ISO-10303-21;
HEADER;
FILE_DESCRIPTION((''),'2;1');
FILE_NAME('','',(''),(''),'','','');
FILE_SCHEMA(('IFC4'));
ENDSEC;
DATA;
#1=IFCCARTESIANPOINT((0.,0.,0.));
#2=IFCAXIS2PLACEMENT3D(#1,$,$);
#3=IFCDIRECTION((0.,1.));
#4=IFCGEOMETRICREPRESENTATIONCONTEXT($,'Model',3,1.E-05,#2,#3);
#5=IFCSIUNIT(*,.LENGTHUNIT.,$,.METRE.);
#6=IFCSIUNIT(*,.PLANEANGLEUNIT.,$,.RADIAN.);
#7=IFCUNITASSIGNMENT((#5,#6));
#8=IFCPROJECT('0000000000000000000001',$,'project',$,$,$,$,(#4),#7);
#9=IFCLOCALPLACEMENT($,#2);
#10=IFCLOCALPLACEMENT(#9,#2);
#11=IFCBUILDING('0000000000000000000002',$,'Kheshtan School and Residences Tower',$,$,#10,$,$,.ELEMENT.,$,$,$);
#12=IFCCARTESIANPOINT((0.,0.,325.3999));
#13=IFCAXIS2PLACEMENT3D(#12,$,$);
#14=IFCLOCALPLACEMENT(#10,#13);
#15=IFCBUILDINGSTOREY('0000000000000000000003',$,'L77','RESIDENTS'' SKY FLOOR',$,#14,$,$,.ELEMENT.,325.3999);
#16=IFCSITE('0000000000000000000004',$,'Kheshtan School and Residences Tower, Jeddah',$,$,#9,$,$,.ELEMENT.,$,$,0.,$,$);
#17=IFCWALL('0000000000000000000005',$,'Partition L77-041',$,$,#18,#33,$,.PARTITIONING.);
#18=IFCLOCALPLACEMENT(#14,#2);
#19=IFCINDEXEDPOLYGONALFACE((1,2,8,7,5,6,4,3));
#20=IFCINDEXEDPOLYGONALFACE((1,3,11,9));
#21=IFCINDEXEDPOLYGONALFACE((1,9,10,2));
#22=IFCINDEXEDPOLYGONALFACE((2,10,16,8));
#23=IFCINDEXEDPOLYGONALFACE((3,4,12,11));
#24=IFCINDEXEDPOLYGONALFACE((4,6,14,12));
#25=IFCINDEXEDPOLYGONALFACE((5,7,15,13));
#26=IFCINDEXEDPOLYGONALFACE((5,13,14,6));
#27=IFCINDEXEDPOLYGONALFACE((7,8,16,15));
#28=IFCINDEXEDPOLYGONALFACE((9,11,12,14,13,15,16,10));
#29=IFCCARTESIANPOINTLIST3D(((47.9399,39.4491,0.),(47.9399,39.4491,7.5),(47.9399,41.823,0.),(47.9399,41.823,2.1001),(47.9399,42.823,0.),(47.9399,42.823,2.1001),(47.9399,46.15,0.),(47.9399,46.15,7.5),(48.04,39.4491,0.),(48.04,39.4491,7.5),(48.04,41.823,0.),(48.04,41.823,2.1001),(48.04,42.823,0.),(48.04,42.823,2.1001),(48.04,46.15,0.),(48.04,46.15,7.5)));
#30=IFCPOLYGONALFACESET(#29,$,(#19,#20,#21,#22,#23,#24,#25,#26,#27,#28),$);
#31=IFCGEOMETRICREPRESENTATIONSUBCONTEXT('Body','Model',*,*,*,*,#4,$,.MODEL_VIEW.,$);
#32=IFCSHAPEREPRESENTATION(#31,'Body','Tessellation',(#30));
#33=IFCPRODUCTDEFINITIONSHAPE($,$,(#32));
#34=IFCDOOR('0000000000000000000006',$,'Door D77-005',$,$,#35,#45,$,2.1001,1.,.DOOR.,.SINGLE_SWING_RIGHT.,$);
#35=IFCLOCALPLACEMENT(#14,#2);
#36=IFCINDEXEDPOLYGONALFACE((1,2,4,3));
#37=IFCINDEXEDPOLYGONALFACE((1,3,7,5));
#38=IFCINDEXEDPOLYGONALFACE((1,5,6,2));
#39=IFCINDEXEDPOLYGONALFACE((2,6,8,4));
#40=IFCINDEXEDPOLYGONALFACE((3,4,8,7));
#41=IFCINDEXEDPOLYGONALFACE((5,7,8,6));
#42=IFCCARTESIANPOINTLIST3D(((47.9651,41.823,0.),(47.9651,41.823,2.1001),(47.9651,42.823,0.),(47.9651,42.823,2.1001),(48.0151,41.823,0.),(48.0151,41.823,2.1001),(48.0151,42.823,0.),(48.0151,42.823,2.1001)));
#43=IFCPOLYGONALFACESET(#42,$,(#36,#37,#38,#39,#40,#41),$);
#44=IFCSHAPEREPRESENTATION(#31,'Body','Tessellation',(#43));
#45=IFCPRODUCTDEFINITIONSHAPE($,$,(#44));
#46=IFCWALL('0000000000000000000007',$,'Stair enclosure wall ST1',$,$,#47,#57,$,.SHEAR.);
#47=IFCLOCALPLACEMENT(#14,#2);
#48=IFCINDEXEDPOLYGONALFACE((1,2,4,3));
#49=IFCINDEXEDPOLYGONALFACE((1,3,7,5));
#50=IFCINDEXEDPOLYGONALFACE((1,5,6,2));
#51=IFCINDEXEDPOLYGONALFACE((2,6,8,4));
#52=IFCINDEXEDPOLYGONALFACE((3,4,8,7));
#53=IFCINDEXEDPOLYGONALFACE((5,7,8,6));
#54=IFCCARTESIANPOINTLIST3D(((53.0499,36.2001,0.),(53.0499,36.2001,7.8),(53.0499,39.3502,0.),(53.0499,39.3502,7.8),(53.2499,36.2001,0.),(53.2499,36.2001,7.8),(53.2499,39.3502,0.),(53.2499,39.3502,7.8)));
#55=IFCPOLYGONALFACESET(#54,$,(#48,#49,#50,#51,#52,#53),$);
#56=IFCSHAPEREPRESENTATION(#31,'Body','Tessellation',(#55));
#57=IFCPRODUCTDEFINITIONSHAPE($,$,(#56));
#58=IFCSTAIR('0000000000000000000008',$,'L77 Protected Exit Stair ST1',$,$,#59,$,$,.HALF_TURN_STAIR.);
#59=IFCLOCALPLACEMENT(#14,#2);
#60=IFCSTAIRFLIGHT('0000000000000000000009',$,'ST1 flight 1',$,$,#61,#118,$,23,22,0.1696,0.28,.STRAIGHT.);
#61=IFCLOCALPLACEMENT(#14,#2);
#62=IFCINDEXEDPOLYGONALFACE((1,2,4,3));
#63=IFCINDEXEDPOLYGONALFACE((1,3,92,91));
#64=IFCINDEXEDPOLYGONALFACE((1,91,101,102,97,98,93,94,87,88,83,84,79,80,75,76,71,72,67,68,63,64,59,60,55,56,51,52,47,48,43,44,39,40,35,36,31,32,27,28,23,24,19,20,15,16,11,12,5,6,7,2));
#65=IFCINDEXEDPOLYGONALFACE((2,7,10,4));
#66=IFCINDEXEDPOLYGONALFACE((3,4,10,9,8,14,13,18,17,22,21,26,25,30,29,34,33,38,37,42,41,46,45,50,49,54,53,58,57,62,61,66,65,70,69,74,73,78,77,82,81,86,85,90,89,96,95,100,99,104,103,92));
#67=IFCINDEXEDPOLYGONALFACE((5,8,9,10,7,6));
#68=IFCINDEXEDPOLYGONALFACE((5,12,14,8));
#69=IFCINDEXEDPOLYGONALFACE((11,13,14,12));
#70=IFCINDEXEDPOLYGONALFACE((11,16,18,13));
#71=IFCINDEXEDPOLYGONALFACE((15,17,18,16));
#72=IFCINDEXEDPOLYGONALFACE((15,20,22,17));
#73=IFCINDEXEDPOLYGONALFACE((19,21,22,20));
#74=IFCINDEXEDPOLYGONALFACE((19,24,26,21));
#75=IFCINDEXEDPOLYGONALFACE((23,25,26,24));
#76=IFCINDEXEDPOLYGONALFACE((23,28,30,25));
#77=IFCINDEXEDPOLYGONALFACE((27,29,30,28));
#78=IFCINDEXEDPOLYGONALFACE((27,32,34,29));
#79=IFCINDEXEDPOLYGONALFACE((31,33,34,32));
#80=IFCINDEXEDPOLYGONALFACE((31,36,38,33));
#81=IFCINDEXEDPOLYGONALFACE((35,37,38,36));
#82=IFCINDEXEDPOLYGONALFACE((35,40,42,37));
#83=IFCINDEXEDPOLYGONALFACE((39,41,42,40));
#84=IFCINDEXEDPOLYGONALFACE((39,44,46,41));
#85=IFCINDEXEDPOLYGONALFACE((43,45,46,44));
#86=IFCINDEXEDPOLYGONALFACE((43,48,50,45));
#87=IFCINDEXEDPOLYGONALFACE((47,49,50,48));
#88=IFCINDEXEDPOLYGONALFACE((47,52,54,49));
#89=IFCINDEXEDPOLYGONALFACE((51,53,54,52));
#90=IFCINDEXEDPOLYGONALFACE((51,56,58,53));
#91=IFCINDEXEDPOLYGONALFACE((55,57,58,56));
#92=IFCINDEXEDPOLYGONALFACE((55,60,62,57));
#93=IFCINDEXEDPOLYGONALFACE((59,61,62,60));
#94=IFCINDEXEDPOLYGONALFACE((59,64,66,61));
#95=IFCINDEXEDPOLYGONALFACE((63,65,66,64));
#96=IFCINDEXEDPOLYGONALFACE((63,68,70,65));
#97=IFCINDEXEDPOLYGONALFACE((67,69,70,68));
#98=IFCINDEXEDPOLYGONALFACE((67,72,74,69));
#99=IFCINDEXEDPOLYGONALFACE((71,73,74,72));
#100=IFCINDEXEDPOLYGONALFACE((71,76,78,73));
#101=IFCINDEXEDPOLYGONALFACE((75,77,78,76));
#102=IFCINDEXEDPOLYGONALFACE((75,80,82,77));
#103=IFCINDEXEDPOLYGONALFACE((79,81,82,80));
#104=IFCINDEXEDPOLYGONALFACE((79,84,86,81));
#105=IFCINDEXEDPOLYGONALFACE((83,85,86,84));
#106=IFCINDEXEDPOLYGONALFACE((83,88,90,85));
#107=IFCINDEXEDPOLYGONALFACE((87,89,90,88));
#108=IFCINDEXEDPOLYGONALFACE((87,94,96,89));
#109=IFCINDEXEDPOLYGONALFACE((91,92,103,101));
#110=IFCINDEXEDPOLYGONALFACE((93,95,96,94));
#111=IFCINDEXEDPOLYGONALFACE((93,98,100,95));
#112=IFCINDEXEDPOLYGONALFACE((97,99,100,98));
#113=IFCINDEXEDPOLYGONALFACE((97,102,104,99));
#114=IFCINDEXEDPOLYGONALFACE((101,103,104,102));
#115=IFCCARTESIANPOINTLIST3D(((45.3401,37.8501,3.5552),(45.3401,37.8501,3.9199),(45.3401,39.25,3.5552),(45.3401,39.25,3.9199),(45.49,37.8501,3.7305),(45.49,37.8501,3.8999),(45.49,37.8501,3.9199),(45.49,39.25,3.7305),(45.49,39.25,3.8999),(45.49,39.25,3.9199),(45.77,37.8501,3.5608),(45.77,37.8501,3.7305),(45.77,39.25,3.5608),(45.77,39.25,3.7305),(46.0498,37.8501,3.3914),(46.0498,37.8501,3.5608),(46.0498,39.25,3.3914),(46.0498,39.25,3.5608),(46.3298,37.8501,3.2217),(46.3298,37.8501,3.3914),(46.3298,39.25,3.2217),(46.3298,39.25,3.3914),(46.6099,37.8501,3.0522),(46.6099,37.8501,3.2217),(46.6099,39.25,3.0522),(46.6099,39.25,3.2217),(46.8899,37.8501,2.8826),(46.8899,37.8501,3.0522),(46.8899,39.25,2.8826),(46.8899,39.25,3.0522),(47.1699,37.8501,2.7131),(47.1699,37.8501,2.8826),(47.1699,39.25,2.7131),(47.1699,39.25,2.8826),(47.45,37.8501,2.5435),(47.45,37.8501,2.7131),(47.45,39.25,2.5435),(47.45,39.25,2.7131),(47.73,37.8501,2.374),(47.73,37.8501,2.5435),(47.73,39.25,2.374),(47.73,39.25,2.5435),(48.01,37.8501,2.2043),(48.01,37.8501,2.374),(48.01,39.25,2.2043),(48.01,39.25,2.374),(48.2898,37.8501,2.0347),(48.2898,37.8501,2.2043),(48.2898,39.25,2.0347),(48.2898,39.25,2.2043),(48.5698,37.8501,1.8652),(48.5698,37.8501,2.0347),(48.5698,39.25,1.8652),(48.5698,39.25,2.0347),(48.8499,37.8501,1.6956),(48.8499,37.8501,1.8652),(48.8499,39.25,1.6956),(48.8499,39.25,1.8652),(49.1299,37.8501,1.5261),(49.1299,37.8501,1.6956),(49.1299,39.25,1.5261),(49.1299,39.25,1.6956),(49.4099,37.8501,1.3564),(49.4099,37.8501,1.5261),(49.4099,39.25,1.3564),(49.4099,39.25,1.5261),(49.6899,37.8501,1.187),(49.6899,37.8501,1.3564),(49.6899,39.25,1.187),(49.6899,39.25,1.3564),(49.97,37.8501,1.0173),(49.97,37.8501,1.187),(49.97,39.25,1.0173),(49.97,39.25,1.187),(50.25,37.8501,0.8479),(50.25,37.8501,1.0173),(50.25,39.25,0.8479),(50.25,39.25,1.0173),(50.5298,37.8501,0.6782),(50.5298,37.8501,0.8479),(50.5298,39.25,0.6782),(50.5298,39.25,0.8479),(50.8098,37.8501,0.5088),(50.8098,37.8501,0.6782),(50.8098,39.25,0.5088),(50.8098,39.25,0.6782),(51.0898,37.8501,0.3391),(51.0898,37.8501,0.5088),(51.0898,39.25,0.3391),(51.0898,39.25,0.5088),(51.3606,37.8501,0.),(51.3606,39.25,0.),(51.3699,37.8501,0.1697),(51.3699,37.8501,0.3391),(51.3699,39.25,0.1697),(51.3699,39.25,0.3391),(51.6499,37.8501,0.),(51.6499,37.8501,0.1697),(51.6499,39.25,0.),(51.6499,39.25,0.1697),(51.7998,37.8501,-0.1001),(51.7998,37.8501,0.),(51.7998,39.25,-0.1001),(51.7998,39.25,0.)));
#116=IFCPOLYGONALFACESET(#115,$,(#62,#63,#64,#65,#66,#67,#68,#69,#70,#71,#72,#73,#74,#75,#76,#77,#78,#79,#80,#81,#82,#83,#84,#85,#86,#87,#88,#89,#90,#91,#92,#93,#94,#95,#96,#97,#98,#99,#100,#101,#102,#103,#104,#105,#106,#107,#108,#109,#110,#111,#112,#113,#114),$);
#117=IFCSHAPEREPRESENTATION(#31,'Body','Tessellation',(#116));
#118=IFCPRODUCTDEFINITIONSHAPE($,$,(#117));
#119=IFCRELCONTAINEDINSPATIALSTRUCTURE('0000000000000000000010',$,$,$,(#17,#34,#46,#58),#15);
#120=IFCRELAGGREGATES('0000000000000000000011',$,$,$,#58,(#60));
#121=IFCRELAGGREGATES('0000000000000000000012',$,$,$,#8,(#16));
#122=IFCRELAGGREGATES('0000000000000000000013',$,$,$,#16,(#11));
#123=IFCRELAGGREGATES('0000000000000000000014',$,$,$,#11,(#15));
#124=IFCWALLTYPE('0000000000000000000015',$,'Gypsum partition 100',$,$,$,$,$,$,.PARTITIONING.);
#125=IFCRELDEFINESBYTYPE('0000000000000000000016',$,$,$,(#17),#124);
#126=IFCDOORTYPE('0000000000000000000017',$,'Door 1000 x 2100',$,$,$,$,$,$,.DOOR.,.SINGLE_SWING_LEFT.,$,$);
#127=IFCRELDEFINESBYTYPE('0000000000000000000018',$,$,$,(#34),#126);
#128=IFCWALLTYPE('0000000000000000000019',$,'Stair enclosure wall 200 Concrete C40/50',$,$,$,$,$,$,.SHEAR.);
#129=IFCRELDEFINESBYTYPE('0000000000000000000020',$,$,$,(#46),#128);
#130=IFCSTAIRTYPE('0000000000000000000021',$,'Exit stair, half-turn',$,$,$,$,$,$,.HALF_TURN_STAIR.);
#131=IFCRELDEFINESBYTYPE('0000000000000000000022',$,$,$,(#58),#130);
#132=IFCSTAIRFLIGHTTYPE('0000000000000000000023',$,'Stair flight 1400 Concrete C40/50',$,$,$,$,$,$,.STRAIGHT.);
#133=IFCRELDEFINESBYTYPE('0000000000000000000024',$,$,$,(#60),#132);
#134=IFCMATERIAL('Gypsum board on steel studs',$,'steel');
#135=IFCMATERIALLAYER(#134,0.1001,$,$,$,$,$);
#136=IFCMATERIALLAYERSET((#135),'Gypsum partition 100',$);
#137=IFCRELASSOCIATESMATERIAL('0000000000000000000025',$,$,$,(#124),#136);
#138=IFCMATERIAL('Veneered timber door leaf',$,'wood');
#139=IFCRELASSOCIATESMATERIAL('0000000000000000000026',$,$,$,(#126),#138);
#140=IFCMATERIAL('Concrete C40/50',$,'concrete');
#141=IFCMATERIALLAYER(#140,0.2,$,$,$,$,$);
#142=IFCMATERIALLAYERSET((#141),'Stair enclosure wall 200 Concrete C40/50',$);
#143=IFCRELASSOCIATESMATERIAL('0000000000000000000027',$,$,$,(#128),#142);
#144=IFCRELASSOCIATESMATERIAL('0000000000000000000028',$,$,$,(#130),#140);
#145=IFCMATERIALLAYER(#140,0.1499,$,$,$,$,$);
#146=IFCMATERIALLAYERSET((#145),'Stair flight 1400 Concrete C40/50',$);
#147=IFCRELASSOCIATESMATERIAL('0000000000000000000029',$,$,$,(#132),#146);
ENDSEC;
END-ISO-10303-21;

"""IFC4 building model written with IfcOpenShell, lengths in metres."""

from ifc_helpers import new_model, si_unit, direction, frame, frame_2d, origin, place, context, subcontext, project, spatial, polyline, rectangle, outline, extrude, source, transform, mapped, material, layer, layer_set, type_object, element, fill, aggregate, save


model = new_model("IFC4")

# Units and contexts
model_context = context("Model", 3, precision=1e-05, world=origin(), true_north=direction((0.0, 1.0)))
body_context = subcontext(model_context, "Body", "Model", "MODEL_VIEW")
ifc_project = project(units=[si_unit("LENGTHUNIT", "METRE"), si_unit("PLANEANGLEUNIT", "RADIAN")], contexts=[model_context])

# Site, building, storey
site_placement = place(None, origin())
site = spatial("IfcSite", under=ifc_project, at=site_placement, Name="Kheshtan School and Residences Tower, Jeddah", CompositionType="ELEMENT", RefElevation=0.0)
building_placement = place(site_placement, origin())
building = spatial("IfcBuilding", under=site, at=building_placement, Name="Kheshtan School and Residences Tower", CompositionType="ELEMENT")
storey_placement = place(building_placement, frame((0.0, 0.0, 325.3999)))
storey = spatial("IfcBuildingStorey", under=building, at=storey_placement, Name="L77", Description="RESIDENTS' SKY FLOOR", CompositionType="ELEMENT", Elevation=325.3999)

# Wall, opening, door
ifc_material_1 = material(Name="Gypsum board on steel studs", Category="steel")
ifc_layer_1 = layer(ifc_material_1, 0.1001)
ifc_layer_set_1 = layer_set([ifc_layer_1], Name="Gypsum partition 100")
wall_type_1 = type_object("IfcWallType", Name="Gypsum partition 100", PredefinedType="PARTITIONING", material=ifc_layer_set_1)
wall_1_placement = place(storey_placement, frame((47.99, 39.449, 0.0), z_axis=(0.0, 0.0, 1.0), x_axis=(0.0, 1.0, 0.0)))
wall_1 = element("IfcWall", 1, at=wall_1_placement, inside=storey, type_object=wall_type_1, Name="Partition L77-041", PredefinedType="PARTITIONING", context=body_context, shape_type="SweptSolid", body=[
    extrude(rectangle(XDim=6.7009, YDim=0.1001, at=frame_2d((3.3506, 0.0))), origin(), (0.0, 0.0, 1.0), 7.5),
])
opening_placement = place(wall_1_placement, frame((2.374, 0.0, 0.0)))
opening = element("IfcOpeningElement", 2, at=opening_placement, cuts=wall_1, PredefinedType="OPENING", context=body_context, shape_type="SweptSolid", body=[
    extrude(rectangle(XDim=1.0, YDim=2.1001, at=frame_2d((0.5, 1.05))), frame((0.0, 0.0601, 0.0), z_axis=(0.0, -1.0, 0.0), x_axis=(1.0, 0.0, 0.0)), (0.0, 0.0, 1.0), 0.1201),
])
ifc_material_2 = material(Name="Veneered timber door leaf", Category="wood")
door_type = type_object("IfcDoorType", Name="Door 1000 x 2100", OperationType="SINGLE_SWING_LEFT", PredefinedType="DOOR", material=ifc_material_2)
shared_shape = source(origin(), body_context, "Body", "SweptSolid", [
    extrude(rectangle(XDim=1.0, YDim=2.1001, at=frame_2d((0.5, 1.05))), frame((0.0, 0.0249, 0.0), z_axis=(0.0, -1.0, 0.0), x_axis=(1.0, 0.0, 0.0)), (0.0, 0.0, 1.0), 0.05),
])
door_placement = place(opening_placement, origin())
door = element("IfcDoor", 3, at=door_placement, inside=storey, type_object=door_type, Name="Door D77-005", OperationType="SINGLE_SWING_RIGHT", OverallHeight=2.1001, OverallWidth=1.0, PredefinedType="DOOR", context=body_context, shape_type="MappedRepresentation", body=[
    mapped(shared_shape, transform((0.0, 0.0, 0.0), x_axis=(1.0, 0.0, 0.0), y_axis=(0.0, 1.0, 0.0), z_axis=(0.0, 0.0, 1.0), scale=1.0)),
])
fill(opening, door)

# Wall
ifc_material_3 = material(Name="Concrete C40/50", Category="concrete")
ifc_layer_2 = layer(ifc_material_3, 0.2)
ifc_layer_set_2 = layer_set([ifc_layer_2], Name="Stair enclosure wall 200 Concrete C40/50")
wall_type_2 = type_object("IfcWallType", Name="Stair enclosure wall 200 Concrete C40/50", PredefinedType="SHEAR", material=ifc_layer_set_2)
wall_2_placement = place(storey_placement, frame((53.1499, 36.2, 0.0), z_axis=(0.0, 0.0, 1.0), x_axis=(0.0, 1.0, 0.0)))
element("IfcWall", 4, at=wall_2_placement, inside=storey, type_object=wall_type_2, Name="Stair enclosure wall ST1", PredefinedType="SHEAR", context=body_context, shape_type="SweptSolid", body=[
    extrude(rectangle(XDim=3.1501, YDim=0.2, at=frame_2d((1.5752, 0.0))), origin(), (0.0, 0.0, 1.0), 7.8),
])

# Stair, stair flight
stair_type = type_object("IfcStairType", Name="Exit stair, half-turn", PredefinedType="HALF_TURN_STAIR", material=ifc_material_3)
stair_placement = place(storey_placement, origin())
stair = element("IfcStair", 5, at=stair_placement, inside=storey, type_object=stair_type, Name="L77 Protected Exit Stair ST1", PredefinedType="HALF_TURN_STAIR")
ifc_layer_3 = layer(ifc_material_3, 0.1499)
ifc_layer_set_3 = layer_set([ifc_layer_3], Name="Stair flight 1400 Concrete C40/50")
stair_flight_type = type_object("IfcStairFlightType", Name="Stair flight 1400 Concrete C40/50", PredefinedType="STRAIGHT", material=ifc_layer_set_3)
stair_flight_1_placement = place(storey_placement, frame((51.6499, 38.55, 0.0), z_axis=(0.0, 0.0, 1.0), x_axis=(-1.0, 0.0, 0.0)))
stair_flight_1 = element("IfcStairFlight", 6, at=stair_flight_1_placement, type_object=stair_flight_type, Name="ST1 flight 1", NumberOfRisers=23, NumberOfTreads=22, PredefinedType="STRAIGHT", RiserHeight=0.1696, TreadLength=0.28, context=body_context, shape_type="SweptSolid", body=[
    extrude(outline(polyline([(-0.1499, -0.1001), (-0.1499, 0.0), (0.0, 0.0), (0.0, 0.1697), (0.28, 0.1697), (0.28, 0.3391), (0.5601, 0.3391), (0.5601, 0.5088), (0.8401, 0.5088), (0.8401, 0.6782), (1.1201, 0.6782), (1.1201, 0.8479), (1.3999, 0.8479), (1.3999, 1.0173), (1.6799, 1.0173), (1.6799, 1.187), (1.96, 1.187), (1.96, 1.3564), (2.24, 1.3564), (2.24, 1.5261), (2.52, 1.5261), (2.52, 1.6956), (2.8, 1.6956), (2.8, 1.8652), (3.0801, 1.8652), (3.0801, 2.0347), (3.3601, 2.0347), (3.3601, 2.2043), (3.6399, 2.2043), (3.6399, 2.374), (3.9199, 2.374), (3.9199, 2.5435), (4.2, 2.5435), (4.2, 2.7131), (4.48, 2.7131), (4.48, 2.8826), (4.76, 2.8826), (4.76, 3.0522), (5.04, 3.0522), (5.04, 3.2217), (5.3201, 3.2217), (5.3201, 3.3914), (5.6001, 3.3914), (5.6001, 3.5608), (5.8799, 3.5608), (5.8799, 3.7305), (6.1599, 3.7305), (6.1599, 3.8999), (6.1599, 3.9199), (6.3098, 3.9199), (6.3098, 3.5552), (0.2893, 0.0), (-0.1499, -0.1001)])), frame((0.0, 0.7, 0.0), z_axis=(0.0, -1.0, 0.0), x_axis=(1.0, 0.0, 0.0)), (0.0, 0.0, 1.0), 1.3999),
])
aggregate(stair, [stair_flight_1])

save(model, "model.ifc")
